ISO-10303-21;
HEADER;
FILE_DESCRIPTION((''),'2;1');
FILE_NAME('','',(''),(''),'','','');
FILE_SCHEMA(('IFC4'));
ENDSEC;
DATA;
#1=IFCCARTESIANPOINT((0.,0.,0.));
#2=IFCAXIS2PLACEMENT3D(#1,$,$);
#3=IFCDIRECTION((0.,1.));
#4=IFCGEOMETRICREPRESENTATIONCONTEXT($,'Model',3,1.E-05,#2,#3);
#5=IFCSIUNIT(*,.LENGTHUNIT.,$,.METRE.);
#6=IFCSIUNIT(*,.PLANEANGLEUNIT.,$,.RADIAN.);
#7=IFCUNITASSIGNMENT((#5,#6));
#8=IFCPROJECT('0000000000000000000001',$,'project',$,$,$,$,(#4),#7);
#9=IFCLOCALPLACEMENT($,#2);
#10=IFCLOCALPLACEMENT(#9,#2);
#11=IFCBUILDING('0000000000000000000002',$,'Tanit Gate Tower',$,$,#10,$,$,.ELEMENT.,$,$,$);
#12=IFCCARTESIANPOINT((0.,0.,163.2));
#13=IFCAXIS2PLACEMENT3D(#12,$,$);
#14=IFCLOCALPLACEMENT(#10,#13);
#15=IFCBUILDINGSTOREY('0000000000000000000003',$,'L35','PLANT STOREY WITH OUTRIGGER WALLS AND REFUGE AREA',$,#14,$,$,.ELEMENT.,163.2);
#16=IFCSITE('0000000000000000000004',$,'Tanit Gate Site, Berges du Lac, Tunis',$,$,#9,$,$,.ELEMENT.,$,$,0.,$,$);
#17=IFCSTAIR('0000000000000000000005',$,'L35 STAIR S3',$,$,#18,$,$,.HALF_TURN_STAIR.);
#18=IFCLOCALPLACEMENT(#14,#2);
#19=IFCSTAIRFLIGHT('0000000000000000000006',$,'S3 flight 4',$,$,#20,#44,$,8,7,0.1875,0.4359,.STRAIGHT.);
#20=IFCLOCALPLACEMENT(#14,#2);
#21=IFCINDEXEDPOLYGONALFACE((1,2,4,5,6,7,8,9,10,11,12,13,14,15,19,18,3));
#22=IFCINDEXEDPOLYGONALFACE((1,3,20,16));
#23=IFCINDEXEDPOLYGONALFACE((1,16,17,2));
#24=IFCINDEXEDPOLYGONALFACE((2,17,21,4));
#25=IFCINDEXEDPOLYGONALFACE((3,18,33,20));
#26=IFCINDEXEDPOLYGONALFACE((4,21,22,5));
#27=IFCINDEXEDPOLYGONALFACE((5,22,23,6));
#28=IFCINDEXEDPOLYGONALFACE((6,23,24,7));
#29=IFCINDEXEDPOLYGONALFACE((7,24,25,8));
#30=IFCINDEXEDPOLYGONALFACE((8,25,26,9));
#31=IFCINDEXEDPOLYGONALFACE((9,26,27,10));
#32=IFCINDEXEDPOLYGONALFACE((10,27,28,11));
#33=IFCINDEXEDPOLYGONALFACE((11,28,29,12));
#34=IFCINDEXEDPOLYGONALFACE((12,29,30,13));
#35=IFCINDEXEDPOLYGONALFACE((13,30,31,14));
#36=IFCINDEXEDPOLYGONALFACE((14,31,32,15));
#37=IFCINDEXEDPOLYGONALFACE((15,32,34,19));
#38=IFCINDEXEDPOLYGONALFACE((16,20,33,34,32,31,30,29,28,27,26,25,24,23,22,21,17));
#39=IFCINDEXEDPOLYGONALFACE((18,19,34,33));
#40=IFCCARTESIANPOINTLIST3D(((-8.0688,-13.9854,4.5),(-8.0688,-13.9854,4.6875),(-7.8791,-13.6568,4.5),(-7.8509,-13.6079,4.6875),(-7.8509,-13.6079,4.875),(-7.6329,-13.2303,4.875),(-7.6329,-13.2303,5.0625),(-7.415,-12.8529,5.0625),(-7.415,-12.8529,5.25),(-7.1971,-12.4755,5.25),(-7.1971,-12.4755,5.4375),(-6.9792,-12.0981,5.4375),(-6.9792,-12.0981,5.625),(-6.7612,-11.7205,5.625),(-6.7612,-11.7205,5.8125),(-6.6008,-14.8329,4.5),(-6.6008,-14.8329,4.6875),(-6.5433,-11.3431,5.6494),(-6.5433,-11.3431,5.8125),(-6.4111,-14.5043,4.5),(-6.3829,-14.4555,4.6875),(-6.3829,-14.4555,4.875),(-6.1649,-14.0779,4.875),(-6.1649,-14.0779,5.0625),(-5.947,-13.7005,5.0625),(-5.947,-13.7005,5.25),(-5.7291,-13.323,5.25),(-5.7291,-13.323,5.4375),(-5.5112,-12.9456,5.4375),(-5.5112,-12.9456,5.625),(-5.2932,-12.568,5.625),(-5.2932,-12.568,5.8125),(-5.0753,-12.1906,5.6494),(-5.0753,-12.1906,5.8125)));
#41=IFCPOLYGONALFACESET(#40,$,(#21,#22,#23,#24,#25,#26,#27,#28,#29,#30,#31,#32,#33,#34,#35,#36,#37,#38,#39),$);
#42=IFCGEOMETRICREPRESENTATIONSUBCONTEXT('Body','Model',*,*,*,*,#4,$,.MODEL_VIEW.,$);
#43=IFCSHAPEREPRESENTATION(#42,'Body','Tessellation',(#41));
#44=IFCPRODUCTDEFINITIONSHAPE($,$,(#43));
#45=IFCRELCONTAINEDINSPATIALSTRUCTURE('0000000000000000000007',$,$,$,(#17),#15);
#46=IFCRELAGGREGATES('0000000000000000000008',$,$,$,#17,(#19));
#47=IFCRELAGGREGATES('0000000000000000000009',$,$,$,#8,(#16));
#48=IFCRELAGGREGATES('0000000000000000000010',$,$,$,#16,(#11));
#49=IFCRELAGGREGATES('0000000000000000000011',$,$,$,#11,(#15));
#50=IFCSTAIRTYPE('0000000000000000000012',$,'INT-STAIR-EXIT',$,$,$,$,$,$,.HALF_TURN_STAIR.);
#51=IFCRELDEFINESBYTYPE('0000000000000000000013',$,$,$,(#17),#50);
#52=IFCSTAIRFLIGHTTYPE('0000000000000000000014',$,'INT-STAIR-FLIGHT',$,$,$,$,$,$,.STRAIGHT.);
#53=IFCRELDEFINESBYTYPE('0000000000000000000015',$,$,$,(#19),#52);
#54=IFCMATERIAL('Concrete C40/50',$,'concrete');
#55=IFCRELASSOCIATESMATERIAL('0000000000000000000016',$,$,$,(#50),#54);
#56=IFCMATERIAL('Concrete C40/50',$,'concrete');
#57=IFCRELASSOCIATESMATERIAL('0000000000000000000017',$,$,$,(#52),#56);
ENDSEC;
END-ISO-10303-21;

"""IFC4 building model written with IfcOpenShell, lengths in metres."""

from ifc_helpers import new_model, si_unit, direction, frame, origin, place, context, subcontext, project, spatial, polyline, outline, extrude, material, type_object, element, aggregate, save


model = new_model("IFC4")

# Units and contexts
model_context = context("Model", 3, precision=1e-05, world=origin(), true_north=direction((0.0, 1.0)))
body_context = subcontext(model_context, "Body", "Model", "MODEL_VIEW")
ifc_project = project(units=[si_unit("LENGTHUNIT", "METRE"), si_unit("PLANEANGLEUNIT", "RADIAN")], contexts=[model_context])

# Site, building, storey
site_placement = place(None, origin())
site = spatial("IfcSite", under=ifc_project, at=site_placement, Name="Tanit Gate Site, Berges du Lac, Tunis", CompositionType="ELEMENT", RefElevation=0.0)
building_placement = place(site_placement, origin())
building = spatial("IfcBuilding", under=site, at=building_placement, Name="Tanit Gate Tower", CompositionType="ELEMENT")
storey_placement = place(building_placement, frame((0.0, 0.0, 163.2)))
storey = spatial("IfcBuildingStorey", under=building, at=storey_placement, Name="L35", Description="PLANT STOREY WITH OUTRIGGER WALLS AND REFUGE AREA", CompositionType="ELEMENT", Elevation=163.2)

# Stair, stair flight
ifc_material_1 = material(Name="Concrete C40/50", Category="concrete")
stair_type = type_object("IfcStairType", Name="INT-STAIR-EXIT", PredefinedType="HALF_TURN_STAIR", material=ifc_material_1)
stair_placement = place(storey_placement, origin())
stair = element("IfcStair", 1, at=stair_placement, inside=storey, type_object=stair_type, Name="L35 STAIR S3", PredefinedType="HALF_TURN_STAIR")
ifc_material_2 = material(Name="Concrete C40/50", Category="concrete")
stair_flight_type = type_object("IfcStairFlightType", Name="INT-STAIR-FLIGHT", PredefinedType="STRAIGHT", material=ifc_material_2)
stair_flight_1_placement = place(storey_placement, frame((-7.3347, -14.4092, 4.5), z_axis=(0.0, 0.0, 1.0), x_axis=(0.5, 0.866025, 0.0)))
stair_flight_1 = element("IfcStairFlight", 2, at=stair_flight_1_placement, type_object=stair_flight_type, Name="S3 flight 4", NumberOfRisers=8, NumberOfTreads=7, PredefinedType="STRAIGHT", RiserHeight=0.1875, TreadLength=0.4359, context=body_context, shape_type="SweptSolid", body=[
    extrude(outline(polyline([(0.0, 0.0), (0.0, 0.1875), (0.4358, 0.1875), (0.4358, 0.375), (0.8718, 0.375), (0.8718, 0.5625), (1.3076, 0.5625), (1.3076, 0.75), (1.7434, 0.75), (1.7434, 0.9375), (2.1792, 0.9375), (2.1792, 1.125), (2.6152, 1.125), (2.6152, 1.3125), (3.051, 1.3125), (3.051, 1.5), (3.051, 1.1494), (0.3794, 0.0), (0.0, 0.0)])), frame((0.0, 0.8477, 0.0), z_axis=(0.0, -1.0, 0.0), x_axis=(1.0, 0.0, 0.0)), (0.0, 0.0, 1.0), 1.6951),
])
aggregate(stair, [stair_flight_1])

save(model, "model.ifc")
